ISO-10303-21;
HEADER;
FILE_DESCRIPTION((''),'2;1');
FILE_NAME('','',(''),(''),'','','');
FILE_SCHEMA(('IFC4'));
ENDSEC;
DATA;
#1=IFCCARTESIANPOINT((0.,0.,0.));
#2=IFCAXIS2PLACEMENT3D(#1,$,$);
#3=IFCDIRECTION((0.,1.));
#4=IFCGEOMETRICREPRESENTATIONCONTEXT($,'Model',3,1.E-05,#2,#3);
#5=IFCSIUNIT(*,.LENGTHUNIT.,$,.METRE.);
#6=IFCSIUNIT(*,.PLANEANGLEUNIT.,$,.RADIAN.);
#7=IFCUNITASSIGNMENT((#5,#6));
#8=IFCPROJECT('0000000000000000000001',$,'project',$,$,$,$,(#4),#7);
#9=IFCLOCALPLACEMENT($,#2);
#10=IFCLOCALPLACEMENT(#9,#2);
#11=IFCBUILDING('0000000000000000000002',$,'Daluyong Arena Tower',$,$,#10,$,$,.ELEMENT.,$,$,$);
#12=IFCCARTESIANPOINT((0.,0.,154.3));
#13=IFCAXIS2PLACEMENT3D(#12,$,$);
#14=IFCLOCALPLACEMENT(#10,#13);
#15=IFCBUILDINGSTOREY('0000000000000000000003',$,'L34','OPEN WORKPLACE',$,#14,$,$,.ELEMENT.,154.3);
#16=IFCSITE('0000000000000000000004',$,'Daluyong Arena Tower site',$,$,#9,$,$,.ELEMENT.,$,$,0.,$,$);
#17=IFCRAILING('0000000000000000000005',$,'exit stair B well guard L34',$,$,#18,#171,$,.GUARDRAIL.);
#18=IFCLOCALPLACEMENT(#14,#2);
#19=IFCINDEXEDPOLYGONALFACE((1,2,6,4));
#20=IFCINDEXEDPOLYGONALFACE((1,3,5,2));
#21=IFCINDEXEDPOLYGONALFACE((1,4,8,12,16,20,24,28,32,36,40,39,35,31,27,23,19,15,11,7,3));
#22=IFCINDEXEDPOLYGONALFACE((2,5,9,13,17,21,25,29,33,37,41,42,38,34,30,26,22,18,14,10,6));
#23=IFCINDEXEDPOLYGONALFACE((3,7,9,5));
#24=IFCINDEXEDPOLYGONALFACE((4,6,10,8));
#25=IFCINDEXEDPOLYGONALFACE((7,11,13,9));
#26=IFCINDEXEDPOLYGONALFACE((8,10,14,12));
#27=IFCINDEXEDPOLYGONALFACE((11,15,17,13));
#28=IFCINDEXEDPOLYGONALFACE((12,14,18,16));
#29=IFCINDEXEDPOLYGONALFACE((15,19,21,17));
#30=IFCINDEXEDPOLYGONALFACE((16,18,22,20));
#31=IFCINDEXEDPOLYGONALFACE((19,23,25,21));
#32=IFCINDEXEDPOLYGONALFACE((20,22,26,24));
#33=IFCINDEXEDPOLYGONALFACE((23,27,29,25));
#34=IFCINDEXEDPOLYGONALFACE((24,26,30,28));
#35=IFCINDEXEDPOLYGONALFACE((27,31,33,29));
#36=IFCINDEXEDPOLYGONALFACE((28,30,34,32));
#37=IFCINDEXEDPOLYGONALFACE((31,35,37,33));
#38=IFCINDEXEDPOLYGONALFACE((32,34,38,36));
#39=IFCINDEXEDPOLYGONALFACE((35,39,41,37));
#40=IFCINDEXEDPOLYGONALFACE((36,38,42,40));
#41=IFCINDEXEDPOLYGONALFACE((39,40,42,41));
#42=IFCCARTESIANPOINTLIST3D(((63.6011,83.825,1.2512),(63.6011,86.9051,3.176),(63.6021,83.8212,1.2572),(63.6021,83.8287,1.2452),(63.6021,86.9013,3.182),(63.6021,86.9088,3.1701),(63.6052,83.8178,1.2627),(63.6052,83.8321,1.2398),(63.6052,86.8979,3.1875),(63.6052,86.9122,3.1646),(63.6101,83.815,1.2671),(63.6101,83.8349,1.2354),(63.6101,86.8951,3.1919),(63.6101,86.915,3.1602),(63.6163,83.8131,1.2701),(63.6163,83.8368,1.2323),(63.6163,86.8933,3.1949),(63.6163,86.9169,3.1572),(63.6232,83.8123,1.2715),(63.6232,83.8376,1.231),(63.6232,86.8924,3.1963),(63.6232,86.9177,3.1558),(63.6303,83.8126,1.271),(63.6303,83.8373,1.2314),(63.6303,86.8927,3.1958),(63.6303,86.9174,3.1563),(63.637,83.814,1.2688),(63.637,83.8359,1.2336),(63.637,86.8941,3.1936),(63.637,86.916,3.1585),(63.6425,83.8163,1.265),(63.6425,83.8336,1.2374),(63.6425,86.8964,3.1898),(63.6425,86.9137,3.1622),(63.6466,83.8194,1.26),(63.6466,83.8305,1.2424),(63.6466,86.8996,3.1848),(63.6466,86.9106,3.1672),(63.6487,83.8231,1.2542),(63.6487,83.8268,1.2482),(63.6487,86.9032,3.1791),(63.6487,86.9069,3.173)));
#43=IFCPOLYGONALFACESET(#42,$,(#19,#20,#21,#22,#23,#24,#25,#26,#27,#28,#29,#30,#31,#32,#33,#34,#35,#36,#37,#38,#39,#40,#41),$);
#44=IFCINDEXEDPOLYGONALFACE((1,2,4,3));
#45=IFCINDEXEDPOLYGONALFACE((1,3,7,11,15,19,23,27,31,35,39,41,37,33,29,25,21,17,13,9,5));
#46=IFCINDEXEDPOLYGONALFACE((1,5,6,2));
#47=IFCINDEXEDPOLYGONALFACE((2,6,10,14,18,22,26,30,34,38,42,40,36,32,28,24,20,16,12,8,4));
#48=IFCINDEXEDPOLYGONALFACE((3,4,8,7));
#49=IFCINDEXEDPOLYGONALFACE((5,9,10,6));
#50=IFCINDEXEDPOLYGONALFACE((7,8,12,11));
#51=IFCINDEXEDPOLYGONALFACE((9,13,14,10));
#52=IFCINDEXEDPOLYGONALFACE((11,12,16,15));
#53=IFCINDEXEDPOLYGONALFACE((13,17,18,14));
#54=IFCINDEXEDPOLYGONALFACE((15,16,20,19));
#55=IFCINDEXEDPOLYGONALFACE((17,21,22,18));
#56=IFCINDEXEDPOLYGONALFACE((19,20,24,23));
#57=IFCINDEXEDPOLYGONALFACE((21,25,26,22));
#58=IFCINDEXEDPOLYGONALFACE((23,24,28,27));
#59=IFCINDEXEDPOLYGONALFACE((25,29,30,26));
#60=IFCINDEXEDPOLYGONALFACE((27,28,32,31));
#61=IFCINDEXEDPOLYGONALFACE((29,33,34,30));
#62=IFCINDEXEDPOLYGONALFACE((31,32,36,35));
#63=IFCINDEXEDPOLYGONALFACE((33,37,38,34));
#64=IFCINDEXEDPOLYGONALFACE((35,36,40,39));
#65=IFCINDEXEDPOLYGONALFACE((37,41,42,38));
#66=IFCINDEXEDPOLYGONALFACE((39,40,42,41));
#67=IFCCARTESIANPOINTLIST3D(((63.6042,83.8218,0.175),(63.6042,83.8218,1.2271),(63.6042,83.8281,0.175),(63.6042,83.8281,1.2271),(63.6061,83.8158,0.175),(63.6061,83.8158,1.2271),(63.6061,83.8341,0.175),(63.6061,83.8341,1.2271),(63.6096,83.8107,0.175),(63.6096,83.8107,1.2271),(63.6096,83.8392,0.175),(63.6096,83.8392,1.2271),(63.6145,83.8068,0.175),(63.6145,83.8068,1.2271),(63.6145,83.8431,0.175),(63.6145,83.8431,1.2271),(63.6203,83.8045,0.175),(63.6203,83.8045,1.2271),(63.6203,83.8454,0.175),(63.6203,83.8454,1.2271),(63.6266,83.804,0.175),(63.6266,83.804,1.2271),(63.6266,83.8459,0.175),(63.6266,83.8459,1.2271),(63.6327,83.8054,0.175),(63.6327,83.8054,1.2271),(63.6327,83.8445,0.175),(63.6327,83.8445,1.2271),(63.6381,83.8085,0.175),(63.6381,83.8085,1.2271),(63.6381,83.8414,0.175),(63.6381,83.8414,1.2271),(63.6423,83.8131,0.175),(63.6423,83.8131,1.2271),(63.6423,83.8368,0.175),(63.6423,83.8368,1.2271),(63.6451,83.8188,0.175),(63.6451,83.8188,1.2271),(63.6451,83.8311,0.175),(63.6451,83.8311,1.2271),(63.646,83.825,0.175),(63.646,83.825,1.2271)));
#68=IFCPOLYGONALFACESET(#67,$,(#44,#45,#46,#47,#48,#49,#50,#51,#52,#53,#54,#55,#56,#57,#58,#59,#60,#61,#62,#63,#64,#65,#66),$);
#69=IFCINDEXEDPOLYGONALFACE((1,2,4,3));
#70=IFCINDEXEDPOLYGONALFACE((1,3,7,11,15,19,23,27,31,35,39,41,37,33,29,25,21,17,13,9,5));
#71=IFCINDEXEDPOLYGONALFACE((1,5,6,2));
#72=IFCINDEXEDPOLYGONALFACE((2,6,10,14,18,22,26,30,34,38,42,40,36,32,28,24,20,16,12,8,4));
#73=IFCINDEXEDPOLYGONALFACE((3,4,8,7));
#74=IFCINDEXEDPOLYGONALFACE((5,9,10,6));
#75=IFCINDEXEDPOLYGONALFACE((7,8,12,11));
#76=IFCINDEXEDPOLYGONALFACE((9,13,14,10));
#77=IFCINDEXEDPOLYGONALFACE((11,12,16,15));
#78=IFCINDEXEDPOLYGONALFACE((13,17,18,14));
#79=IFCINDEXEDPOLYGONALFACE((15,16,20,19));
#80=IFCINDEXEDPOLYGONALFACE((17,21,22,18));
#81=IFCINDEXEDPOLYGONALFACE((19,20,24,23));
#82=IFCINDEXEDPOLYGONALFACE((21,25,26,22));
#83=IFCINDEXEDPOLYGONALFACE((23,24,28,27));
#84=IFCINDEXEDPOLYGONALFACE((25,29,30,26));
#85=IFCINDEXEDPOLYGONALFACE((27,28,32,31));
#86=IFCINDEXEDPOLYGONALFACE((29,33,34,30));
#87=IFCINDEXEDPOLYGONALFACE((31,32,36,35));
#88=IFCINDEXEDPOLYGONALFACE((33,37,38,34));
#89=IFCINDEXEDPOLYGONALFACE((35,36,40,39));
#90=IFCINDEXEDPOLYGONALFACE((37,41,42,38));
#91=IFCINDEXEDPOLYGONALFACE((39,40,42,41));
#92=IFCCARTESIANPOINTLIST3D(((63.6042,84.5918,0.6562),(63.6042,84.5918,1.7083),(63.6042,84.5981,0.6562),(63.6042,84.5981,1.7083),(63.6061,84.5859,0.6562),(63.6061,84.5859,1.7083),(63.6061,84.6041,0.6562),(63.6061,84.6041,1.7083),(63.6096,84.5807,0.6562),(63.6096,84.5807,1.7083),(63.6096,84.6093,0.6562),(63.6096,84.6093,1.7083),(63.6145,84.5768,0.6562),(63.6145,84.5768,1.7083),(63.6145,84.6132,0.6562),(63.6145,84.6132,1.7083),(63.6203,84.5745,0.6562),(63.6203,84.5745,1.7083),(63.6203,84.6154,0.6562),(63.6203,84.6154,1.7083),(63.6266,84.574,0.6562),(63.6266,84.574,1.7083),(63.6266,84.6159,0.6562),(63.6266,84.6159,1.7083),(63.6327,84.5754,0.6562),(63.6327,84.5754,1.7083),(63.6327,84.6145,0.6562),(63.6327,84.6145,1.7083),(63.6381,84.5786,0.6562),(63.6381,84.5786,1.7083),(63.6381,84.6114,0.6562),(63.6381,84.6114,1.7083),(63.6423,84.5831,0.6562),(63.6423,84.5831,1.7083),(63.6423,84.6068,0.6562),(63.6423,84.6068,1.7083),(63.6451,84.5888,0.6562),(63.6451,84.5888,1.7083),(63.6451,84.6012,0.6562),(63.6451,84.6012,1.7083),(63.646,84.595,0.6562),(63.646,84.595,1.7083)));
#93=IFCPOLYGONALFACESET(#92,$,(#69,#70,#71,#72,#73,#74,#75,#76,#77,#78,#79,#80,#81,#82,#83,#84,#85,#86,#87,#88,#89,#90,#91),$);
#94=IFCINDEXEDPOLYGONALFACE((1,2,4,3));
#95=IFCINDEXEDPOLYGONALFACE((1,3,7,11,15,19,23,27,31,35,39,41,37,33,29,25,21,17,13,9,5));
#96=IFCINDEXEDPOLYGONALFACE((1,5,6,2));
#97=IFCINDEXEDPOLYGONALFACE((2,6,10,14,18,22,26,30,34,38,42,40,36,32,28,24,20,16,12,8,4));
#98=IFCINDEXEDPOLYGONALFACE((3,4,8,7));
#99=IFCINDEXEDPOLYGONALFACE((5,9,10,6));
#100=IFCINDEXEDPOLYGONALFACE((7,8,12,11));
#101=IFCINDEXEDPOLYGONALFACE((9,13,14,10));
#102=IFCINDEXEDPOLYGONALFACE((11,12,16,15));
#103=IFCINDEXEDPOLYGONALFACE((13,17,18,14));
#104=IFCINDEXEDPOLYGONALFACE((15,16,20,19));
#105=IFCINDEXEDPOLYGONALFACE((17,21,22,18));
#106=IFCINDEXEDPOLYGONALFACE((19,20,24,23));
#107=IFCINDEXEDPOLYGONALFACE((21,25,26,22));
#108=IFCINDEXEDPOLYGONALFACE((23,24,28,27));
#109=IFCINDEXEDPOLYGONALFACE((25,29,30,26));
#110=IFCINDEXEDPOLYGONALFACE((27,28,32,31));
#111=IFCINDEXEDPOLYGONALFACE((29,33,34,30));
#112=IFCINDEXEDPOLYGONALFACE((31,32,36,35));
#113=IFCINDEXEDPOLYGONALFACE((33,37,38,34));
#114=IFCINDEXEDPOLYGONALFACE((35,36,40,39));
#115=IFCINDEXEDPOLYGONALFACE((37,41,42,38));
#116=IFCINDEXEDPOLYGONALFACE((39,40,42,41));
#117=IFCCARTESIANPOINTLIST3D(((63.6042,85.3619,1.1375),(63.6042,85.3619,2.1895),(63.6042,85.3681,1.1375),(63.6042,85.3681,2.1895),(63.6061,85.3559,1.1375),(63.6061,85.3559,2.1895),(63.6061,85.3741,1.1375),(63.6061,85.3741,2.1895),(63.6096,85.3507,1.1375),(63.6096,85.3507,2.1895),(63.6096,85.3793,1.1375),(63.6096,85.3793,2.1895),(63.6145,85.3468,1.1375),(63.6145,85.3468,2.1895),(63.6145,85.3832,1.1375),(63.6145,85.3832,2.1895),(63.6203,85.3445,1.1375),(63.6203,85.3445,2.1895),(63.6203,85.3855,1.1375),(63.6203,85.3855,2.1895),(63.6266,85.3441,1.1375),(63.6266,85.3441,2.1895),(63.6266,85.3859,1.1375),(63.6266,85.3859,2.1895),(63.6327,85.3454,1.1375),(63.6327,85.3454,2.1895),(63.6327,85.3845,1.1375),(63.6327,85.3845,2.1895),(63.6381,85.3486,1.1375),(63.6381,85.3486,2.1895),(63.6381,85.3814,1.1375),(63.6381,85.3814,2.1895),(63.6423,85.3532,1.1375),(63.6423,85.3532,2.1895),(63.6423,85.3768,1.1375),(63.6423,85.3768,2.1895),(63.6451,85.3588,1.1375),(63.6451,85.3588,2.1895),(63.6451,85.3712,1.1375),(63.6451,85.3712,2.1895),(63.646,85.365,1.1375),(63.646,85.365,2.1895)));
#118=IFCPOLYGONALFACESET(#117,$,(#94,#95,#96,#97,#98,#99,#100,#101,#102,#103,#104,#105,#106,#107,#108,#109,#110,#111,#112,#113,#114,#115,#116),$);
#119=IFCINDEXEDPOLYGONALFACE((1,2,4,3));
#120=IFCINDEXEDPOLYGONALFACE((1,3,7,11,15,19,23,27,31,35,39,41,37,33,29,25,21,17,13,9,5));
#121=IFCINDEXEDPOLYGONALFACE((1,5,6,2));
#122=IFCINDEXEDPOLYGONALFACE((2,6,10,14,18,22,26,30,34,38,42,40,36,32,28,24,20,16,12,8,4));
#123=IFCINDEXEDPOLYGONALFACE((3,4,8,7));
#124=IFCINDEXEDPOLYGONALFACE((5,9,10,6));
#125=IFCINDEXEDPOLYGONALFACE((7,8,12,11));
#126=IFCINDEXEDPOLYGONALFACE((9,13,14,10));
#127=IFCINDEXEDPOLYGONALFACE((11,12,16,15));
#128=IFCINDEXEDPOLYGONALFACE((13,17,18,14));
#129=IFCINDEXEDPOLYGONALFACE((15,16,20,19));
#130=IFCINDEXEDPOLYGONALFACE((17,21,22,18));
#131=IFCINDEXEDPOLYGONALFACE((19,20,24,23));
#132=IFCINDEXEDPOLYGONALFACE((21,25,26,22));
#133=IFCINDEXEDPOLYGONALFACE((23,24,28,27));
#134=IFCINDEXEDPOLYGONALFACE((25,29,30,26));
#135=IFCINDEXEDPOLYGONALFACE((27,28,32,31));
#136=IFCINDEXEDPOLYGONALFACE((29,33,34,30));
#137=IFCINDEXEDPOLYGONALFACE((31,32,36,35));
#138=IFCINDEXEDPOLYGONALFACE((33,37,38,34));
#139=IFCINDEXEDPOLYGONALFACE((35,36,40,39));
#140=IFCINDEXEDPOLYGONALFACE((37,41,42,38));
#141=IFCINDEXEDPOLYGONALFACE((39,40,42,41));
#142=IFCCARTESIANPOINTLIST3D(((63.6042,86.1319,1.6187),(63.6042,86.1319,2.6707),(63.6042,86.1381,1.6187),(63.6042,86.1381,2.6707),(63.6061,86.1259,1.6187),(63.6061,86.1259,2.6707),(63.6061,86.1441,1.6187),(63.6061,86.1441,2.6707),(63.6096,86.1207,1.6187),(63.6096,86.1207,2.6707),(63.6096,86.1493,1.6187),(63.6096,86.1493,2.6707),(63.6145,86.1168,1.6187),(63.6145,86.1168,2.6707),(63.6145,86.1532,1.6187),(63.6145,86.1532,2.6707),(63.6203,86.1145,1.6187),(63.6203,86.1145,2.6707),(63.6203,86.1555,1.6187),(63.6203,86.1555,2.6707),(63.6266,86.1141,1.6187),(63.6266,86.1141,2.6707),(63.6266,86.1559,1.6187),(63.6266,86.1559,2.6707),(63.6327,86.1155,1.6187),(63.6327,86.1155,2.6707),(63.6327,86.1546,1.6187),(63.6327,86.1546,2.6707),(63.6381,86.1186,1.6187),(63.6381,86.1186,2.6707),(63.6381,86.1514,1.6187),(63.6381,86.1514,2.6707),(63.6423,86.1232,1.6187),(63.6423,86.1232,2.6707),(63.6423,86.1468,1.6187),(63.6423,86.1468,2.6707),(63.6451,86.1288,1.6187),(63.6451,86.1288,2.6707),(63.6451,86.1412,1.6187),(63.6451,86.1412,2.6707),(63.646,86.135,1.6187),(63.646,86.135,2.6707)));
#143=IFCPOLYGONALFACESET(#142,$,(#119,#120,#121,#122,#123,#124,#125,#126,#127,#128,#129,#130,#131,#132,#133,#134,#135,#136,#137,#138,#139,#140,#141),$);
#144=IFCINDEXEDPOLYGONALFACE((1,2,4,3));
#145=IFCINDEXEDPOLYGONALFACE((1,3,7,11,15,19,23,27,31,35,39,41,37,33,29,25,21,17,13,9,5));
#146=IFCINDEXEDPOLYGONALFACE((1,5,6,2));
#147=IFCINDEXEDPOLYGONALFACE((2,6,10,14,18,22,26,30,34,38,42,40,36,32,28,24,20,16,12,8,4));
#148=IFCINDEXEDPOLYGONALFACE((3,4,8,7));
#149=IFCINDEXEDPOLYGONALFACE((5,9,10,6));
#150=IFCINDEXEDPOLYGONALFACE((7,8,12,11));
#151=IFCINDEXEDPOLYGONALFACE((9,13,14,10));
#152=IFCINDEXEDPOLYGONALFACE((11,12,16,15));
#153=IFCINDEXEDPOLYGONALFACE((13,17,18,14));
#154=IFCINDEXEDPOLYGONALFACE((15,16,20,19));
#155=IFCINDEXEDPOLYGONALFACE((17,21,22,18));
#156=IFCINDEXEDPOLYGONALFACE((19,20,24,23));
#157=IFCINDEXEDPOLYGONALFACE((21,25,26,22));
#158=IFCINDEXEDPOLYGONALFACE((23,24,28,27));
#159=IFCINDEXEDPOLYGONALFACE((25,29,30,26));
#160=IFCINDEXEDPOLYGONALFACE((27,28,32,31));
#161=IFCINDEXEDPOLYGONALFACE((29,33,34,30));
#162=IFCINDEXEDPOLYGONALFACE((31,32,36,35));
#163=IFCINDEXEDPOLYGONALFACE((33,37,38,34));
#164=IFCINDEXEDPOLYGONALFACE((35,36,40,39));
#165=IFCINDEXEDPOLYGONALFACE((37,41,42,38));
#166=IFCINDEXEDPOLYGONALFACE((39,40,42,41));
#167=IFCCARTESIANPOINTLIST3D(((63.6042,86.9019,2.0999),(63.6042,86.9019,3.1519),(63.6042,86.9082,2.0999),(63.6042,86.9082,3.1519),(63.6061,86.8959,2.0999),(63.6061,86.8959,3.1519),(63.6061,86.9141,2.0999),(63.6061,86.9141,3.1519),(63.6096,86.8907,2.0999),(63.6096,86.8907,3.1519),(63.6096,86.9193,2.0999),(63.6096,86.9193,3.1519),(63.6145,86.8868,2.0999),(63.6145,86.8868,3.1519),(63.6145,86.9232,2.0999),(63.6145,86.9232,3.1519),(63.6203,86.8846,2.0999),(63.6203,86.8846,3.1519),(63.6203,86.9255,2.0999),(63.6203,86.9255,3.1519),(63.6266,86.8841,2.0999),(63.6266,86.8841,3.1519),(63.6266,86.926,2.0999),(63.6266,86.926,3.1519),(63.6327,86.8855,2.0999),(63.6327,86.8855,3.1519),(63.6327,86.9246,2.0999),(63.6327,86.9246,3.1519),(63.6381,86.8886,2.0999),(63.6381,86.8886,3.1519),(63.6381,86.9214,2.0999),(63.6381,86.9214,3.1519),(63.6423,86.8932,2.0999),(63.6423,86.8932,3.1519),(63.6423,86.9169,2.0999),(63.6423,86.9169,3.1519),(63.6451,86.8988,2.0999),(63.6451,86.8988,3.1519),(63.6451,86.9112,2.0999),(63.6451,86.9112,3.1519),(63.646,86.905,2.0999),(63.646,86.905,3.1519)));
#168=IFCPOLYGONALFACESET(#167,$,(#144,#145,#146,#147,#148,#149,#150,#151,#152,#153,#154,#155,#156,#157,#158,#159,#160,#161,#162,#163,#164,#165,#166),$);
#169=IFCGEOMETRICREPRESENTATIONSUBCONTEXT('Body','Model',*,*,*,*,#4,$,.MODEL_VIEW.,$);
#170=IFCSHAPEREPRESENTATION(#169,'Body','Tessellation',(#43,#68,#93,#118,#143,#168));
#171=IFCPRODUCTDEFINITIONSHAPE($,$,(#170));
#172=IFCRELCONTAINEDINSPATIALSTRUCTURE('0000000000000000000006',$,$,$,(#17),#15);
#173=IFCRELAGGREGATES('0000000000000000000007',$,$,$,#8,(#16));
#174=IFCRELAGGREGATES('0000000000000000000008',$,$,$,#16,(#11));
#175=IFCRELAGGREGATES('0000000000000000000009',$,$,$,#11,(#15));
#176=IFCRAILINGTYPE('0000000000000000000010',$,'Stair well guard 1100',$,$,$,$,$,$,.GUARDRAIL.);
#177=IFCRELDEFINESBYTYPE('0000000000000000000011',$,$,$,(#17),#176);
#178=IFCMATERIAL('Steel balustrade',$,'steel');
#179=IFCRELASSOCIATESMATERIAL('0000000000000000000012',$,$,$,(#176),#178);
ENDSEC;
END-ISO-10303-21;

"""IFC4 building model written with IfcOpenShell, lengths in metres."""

from ifc_helpers import new_model, si_unit, direction, frame, origin, origin_2d, place, context, subcontext, project, spatial, circle, extrude, material, type_object, element, save


model = new_model("IFC4")

# Units and contexts
model_context = context("Model", 3, precision=1e-05, world=origin(), true_north=direction((0.0, 1.0)))
body_context = subcontext(model_context, "Body", "Model", "MODEL_VIEW")
ifc_project = project(units=[si_unit("LENGTHUNIT", "METRE"), si_unit("PLANEANGLEUNIT", "RADIAN")], contexts=[model_context])

# Site, building, storey
site_placement = place(None, origin())
site = spatial("IfcSite", under=ifc_project, at=site_placement, Name="Daluyong Arena Tower site", CompositionType="ELEMENT", RefElevation=0.0)
building_placement = place(site_placement, origin())
building = spatial("IfcBuilding", under=site, at=building_placement, Name="Daluyong Arena Tower", CompositionType="ELEMENT")
storey_placement = place(building_placement, frame((0.0, 0.0, 154.3)))
storey = spatial("IfcBuildingStorey", under=building, at=storey_placement, Name="L34", Description="OPEN WORKPLACE", CompositionType="ELEMENT", Elevation=154.3)

# Railing
ifc_material_1 = material(Name="Steel balustrade", Category="steel")
railing_type_1 = type_object("IfcRailingType", Name="Stair well guard 1100", PredefinedType="GUARDRAIL", material=ifc_material_1)
railing_1_placement = place(storey_placement, frame((63.625, 83.825, 0.175)))
element("IfcRailing", 1, at=railing_1_placement, inside=storey, type_object=railing_type_1, Name="exit stair B well guard L34", PredefinedType="GUARDRAIL", context=body_context, shape_type="SweptSolid", body=[
    extrude(circle(Radius=0.0239, at=origin_2d()), frame((0.0, 0.0, 1.0762), z_axis=(0.0, 0.848029, 0.529951), x_axis=(-1.0, 0.0, 0.0)), (0.0, 0.0, 1.0), 3.6321),
    extrude(circle(Radius=0.021, at=origin_2d()), origin(), (0.0, 0.0, 1.0), 1.052),
    extrude(circle(Radius=0.021, at=origin_2d()), frame((0.0, 0.77, 0.4812)), (0.0, 0.0, 1.0), 1.052),
    extrude(circle(Radius=0.021, at=origin_2d()), frame((0.0, 1.54, 0.9624)), (0.0, 0.0, 1.0), 1.052),
    extrude(circle(Radius=0.021, at=origin_2d()), frame((0.0, 2.3101, 1.4436)), (0.0, 0.0, 1.0), 1.052),
    extrude(circle(Radius=0.021, at=origin_2d()), frame((0.0, 3.0801, 1.9248)), (0.0, 0.0, 1.0), 1.052),
])

save(model, "model.ifc")
